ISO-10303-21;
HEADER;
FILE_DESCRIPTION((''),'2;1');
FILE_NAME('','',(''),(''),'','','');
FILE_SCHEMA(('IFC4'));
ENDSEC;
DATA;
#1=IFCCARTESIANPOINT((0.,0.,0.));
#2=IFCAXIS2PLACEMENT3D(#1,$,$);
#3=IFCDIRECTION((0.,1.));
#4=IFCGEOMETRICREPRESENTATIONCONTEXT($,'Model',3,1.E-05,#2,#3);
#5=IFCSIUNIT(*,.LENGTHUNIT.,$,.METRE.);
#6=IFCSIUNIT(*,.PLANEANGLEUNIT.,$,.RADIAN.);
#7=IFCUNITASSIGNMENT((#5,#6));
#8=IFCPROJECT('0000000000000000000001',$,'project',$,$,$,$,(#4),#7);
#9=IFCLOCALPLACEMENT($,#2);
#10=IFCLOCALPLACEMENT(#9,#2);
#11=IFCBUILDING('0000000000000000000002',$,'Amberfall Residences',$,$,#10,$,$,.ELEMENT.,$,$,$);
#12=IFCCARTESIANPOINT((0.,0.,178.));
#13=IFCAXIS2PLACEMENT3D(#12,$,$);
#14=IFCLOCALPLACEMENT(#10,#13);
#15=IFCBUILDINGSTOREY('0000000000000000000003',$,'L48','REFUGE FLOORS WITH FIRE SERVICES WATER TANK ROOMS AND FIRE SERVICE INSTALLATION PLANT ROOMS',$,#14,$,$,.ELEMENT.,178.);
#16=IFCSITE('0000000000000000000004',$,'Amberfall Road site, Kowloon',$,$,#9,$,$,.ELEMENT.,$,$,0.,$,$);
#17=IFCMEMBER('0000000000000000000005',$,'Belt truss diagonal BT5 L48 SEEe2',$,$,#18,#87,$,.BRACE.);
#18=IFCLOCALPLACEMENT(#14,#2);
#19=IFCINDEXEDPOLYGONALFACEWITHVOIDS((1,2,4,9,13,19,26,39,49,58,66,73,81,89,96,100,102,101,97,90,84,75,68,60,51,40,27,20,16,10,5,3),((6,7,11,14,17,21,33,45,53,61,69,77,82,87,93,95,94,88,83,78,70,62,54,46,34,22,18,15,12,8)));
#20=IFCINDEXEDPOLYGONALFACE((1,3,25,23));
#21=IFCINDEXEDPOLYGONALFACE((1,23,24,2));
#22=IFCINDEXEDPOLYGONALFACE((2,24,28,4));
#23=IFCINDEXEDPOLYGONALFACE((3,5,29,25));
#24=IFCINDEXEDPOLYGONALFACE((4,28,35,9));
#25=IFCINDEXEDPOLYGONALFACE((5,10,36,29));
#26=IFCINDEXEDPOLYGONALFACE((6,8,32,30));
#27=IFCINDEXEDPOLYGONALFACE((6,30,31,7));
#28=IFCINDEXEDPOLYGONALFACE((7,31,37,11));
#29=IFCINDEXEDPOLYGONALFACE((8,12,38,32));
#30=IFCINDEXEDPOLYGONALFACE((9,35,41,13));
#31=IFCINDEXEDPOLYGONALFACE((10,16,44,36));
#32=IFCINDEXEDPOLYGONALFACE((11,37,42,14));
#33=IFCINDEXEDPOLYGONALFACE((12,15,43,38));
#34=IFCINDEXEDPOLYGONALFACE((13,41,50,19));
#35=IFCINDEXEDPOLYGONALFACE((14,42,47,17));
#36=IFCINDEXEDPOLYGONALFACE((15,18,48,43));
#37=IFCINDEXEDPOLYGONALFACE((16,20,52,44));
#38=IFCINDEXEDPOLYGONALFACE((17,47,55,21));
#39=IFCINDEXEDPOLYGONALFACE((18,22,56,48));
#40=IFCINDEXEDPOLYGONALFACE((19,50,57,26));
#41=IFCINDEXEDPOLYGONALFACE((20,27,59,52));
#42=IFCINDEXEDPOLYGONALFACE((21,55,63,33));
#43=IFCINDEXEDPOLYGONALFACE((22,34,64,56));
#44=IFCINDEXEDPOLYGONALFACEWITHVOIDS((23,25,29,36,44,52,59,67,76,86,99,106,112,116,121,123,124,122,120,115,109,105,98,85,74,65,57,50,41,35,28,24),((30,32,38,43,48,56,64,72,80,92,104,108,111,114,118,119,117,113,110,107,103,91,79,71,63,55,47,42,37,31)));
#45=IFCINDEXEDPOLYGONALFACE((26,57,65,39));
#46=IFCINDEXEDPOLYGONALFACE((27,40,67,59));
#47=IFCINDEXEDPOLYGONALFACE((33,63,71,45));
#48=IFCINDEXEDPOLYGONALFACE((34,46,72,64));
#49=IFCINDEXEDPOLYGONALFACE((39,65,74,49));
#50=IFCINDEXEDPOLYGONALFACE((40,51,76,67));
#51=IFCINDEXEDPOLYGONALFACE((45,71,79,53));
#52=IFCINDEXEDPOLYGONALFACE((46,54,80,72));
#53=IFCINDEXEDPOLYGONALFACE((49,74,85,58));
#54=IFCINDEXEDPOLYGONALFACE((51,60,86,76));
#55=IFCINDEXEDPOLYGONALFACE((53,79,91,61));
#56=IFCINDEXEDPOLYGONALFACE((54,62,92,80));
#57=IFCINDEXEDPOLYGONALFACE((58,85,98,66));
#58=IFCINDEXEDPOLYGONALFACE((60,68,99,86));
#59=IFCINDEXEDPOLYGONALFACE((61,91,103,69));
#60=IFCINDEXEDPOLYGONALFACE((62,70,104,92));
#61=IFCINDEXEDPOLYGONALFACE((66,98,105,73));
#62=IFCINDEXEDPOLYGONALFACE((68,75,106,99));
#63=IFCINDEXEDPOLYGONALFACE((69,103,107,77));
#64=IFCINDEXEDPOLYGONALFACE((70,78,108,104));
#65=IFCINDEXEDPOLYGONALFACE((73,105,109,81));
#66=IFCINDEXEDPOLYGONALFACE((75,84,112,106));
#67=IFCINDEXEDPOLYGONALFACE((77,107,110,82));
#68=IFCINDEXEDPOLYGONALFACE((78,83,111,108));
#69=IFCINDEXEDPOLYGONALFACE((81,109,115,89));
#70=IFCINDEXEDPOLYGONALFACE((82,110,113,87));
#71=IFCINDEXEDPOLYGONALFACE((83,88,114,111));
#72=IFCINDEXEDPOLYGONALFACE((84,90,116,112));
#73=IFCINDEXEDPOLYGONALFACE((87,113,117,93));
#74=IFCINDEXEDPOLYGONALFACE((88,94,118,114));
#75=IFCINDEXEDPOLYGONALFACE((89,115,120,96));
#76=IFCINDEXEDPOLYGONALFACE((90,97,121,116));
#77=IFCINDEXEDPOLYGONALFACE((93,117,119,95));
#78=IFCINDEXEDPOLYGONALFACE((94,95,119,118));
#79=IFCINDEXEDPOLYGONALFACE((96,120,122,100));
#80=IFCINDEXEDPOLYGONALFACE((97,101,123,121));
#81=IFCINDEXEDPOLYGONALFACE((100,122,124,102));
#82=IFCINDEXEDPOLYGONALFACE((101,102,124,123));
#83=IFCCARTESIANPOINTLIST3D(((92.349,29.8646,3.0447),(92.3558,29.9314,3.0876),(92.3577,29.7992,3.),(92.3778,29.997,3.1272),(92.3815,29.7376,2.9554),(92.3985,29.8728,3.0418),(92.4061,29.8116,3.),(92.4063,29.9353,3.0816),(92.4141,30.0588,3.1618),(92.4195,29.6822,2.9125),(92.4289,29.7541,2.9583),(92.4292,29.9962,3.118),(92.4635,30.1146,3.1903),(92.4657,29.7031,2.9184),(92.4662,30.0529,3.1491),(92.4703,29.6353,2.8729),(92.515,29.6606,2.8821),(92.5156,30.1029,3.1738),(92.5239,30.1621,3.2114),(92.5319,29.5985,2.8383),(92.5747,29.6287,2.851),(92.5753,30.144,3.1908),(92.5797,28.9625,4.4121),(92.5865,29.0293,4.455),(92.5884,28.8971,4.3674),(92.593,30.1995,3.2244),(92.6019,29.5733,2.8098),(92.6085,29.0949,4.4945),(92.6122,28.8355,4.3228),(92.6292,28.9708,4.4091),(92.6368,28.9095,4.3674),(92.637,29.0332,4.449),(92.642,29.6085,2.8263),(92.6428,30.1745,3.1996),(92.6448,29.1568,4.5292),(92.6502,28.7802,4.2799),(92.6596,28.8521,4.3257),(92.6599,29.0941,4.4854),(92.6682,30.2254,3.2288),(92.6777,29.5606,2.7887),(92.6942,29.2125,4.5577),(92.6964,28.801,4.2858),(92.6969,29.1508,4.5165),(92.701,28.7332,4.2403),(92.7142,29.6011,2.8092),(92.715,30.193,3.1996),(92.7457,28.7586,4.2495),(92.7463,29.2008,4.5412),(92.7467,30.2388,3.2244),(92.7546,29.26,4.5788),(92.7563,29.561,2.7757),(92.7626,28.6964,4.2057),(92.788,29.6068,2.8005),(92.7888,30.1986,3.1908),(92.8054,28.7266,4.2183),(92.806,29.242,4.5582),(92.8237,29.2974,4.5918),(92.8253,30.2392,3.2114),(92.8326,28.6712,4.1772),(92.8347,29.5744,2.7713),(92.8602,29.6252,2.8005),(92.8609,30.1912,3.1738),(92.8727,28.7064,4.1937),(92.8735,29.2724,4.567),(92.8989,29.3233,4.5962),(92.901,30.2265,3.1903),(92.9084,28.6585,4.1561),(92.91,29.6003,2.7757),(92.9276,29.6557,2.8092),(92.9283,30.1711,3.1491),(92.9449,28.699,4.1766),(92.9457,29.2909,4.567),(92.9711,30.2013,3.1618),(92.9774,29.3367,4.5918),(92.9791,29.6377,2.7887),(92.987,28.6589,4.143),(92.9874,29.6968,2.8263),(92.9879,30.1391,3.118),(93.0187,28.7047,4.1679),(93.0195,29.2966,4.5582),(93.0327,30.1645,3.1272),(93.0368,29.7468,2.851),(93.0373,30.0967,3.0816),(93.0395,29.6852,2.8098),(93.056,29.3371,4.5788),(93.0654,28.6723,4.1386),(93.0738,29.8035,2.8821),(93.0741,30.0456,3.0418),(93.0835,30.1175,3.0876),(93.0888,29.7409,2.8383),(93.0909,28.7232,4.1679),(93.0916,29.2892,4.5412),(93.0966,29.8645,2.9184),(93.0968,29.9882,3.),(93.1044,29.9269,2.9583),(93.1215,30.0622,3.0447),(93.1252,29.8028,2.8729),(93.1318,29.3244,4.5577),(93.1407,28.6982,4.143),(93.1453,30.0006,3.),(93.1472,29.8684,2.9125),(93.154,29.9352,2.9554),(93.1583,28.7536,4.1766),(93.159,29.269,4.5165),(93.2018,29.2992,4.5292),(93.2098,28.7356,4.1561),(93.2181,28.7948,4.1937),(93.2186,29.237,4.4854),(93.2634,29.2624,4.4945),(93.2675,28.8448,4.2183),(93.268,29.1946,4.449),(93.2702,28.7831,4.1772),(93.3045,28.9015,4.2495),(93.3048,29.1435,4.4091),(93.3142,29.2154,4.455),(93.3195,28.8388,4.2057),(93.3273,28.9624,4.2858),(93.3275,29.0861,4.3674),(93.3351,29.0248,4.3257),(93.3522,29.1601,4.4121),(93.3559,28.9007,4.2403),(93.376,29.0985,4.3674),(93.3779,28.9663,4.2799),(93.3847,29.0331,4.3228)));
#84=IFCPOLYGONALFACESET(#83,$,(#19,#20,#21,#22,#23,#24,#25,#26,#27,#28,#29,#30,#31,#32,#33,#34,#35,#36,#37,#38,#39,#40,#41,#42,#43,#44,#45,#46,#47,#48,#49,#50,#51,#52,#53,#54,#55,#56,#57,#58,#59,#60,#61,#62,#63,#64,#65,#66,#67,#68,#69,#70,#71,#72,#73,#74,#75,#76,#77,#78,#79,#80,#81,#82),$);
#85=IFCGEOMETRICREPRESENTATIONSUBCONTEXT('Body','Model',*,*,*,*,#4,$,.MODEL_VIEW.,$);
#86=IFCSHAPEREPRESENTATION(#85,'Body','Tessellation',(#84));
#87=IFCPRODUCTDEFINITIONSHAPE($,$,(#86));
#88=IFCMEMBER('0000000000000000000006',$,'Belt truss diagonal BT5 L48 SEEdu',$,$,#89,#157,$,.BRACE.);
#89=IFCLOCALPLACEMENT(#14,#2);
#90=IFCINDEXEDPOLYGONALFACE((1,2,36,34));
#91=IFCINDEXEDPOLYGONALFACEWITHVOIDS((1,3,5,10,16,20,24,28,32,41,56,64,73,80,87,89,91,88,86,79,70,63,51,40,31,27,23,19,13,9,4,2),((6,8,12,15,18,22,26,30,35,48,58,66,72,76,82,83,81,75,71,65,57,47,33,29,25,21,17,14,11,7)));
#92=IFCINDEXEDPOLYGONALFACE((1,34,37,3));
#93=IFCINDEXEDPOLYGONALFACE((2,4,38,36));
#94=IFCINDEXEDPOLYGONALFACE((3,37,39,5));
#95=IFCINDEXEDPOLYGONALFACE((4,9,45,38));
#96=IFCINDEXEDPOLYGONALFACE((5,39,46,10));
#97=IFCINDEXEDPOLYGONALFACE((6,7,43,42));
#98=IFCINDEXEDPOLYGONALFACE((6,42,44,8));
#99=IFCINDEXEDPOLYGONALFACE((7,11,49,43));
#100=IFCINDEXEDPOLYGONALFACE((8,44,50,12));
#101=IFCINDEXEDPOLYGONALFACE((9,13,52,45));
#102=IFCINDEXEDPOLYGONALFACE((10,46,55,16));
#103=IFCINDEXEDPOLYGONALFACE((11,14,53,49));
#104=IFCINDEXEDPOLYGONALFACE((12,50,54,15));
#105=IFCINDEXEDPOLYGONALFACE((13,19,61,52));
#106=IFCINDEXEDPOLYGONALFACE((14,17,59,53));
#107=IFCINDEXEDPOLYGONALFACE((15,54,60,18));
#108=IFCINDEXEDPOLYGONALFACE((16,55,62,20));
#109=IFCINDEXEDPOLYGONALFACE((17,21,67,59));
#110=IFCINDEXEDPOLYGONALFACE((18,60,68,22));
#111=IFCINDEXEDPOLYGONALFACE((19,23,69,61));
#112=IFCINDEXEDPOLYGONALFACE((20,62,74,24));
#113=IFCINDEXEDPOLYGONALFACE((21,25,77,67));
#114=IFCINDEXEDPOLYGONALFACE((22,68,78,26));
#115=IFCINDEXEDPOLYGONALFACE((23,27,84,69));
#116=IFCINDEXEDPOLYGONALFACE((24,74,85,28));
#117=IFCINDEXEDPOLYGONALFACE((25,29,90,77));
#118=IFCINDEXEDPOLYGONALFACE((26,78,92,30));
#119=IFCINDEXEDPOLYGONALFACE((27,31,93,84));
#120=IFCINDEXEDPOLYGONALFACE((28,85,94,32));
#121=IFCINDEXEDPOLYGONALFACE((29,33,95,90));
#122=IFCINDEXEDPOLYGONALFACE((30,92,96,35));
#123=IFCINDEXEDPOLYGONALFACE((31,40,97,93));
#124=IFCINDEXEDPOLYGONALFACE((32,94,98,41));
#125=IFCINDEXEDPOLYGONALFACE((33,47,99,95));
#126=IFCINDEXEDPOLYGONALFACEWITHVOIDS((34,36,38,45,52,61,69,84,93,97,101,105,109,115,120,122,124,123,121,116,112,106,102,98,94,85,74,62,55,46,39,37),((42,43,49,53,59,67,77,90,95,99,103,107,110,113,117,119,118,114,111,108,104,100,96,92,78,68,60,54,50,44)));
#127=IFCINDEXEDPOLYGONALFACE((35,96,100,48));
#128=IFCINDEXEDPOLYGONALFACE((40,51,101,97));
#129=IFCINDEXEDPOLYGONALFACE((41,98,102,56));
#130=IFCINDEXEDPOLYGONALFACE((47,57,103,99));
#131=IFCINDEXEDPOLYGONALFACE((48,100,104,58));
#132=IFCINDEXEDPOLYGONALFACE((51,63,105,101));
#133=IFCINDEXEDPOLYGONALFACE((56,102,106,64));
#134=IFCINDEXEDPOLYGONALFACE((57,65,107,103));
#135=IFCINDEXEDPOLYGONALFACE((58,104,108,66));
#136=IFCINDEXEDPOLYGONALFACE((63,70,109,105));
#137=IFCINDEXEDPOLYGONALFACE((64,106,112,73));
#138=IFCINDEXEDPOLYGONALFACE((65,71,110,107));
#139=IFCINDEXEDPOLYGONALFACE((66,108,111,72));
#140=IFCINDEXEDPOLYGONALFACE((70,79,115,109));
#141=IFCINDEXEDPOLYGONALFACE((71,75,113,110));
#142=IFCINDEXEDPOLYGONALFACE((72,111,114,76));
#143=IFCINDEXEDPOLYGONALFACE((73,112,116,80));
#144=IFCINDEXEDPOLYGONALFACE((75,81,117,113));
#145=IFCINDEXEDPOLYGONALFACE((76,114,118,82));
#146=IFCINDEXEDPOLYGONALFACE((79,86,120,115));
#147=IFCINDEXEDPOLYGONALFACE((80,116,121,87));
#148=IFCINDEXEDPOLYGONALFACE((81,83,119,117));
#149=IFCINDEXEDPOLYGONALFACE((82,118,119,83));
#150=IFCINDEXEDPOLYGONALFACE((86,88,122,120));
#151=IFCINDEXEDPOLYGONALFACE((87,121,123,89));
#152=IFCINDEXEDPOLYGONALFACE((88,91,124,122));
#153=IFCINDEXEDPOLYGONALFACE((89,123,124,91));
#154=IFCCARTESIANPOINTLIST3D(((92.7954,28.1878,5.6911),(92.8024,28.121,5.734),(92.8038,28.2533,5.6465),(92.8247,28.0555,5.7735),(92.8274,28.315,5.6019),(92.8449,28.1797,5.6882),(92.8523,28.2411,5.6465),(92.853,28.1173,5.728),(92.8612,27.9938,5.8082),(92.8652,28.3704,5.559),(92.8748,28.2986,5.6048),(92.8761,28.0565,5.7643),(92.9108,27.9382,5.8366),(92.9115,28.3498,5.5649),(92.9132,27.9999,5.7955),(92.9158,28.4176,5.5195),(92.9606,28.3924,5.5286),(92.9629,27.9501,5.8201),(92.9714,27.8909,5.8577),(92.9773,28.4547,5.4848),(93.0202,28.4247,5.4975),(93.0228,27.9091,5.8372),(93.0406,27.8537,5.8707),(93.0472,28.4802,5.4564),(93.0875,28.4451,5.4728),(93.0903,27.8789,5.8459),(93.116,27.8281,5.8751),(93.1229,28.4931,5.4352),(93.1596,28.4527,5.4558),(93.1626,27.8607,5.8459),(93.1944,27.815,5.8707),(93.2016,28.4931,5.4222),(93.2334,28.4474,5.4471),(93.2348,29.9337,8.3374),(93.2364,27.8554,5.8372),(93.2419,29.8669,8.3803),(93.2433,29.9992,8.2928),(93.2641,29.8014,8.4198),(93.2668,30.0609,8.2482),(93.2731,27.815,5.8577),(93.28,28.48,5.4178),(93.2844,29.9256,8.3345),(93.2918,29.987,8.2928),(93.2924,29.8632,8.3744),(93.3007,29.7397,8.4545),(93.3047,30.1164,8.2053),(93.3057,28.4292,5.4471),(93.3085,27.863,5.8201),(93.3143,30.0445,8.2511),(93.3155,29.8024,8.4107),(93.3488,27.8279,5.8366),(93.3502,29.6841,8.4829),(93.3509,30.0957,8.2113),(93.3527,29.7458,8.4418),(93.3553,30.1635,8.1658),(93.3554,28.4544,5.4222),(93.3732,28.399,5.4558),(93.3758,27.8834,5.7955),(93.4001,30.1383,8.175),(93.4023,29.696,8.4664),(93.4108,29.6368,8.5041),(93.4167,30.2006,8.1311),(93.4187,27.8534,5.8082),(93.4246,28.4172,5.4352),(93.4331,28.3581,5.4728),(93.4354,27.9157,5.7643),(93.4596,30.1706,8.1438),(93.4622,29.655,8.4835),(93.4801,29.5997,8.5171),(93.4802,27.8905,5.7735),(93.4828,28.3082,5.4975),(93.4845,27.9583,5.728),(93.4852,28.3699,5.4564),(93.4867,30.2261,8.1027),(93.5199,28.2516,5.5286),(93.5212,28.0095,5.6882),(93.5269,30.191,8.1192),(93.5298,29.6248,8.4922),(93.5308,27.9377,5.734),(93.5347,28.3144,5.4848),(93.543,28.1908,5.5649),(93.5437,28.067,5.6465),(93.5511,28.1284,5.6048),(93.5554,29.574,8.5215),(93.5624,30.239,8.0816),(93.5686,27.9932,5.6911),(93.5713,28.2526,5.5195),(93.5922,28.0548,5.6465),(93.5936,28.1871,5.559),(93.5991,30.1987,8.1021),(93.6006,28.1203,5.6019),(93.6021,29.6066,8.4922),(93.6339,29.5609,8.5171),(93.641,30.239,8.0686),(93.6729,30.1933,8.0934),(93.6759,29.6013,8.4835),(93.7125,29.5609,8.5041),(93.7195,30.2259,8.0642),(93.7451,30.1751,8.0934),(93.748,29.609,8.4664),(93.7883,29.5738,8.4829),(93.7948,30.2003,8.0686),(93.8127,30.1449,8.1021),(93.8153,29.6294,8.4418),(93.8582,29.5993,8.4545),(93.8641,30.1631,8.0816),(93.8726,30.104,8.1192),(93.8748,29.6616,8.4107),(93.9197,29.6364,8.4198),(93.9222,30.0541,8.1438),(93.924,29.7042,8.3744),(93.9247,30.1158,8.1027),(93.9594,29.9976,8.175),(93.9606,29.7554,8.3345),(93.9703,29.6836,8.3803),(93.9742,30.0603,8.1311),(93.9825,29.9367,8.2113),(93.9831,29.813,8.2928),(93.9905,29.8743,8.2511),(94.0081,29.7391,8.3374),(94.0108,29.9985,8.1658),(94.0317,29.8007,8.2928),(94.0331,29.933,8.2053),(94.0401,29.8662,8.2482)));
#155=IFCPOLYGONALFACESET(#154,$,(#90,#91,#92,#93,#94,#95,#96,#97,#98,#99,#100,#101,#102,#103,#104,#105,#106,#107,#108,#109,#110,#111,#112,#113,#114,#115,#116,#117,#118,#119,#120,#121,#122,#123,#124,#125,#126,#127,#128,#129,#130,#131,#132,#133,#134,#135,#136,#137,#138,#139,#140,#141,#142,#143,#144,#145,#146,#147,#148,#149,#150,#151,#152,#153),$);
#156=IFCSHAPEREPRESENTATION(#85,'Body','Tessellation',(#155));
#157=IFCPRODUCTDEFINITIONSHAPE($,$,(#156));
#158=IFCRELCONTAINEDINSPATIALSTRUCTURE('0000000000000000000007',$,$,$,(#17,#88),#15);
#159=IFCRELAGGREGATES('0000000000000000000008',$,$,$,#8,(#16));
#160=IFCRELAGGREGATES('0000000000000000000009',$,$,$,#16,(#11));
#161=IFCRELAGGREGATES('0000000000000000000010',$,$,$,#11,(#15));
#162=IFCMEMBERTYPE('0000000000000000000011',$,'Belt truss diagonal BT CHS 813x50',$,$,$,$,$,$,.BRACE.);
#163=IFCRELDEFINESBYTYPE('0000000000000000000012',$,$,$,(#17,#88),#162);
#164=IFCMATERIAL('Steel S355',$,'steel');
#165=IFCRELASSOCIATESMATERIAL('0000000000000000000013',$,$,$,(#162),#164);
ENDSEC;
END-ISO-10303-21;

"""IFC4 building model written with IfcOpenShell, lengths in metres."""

from ifc_helpers import new_model, si_unit, direction, frame, origin, origin_2d, place, context, subcontext, project, spatial, hollow_circle, extrude, material, material_profile, profile_set, type_object, element, save


model = new_model("IFC4")

# Units and contexts
model_context = context("Model", 3, precision=1e-05, world=origin(), true_north=direction((0.0, 1.0)))
body_context = subcontext(model_context, "Body", "Model", "MODEL_VIEW")
ifc_project = project(units=[si_unit("LENGTHUNIT", "METRE"), si_unit("PLANEANGLEUNIT", "RADIAN")], contexts=[model_context])

# Site, building, storey
site_placement = place(None, origin())
site = spatial("IfcSite", under=ifc_project, at=site_placement, Name="Amberfall Road site, Kowloon", CompositionType="ELEMENT", RefElevation=0.0)
building_placement = place(site_placement, origin())
building = spatial("IfcBuilding", under=site, at=building_placement, Name="Amberfall Residences", CompositionType="ELEMENT")
storey_placement = place(building_placement, frame((0.0, 0.0, 178.0)))
storey = spatial("IfcBuildingStorey", under=building, at=storey_placement, Name="L48", Description="REFUGE FLOORS WITH FIRE SERVICES WATER TANK ROOMS AND FIRE SERVICE INSTALLATION PLANT ROOMS", CompositionType="ELEMENT", Elevation=178.0)

# Shared definitions
ifc_material = material(Name="Steel S355", Category="steel")

# Members
ifc_material_profile_1 = material_profile(ifc_material, hollow_circle(Radius=0.4065, WallThickness=0.05, at=origin_2d()), Name="CHS 813x50")
ifc_profile_set_1 = profile_set([ifc_material_profile_1], Name="Steel S355")
member_type_1 = type_object("IfcMemberType", Name="Belt truss diagonal BT CHS 813x50", PredefinedType="BRACE", material=ifc_profile_set_1)
member_1_placement = place(storey_placement, frame((92.9822, 28.9978, 4.3674), z_axis=(-0.139458, 0.545289, -0.826566), x_axis=(-0.968817, -0.247776, 0.0)))
element("IfcMember", 1, at=member_1_placement, inside=storey, type_object=member_type_1, Name="Belt truss diagonal BT5 L48 SEEe2", PredefinedType="BRACE", context=body_context, shape_type="SweptSolid", body=[
    extrude(hollow_circle(Radius=0.4065, WallThickness=0.05, at=origin_2d()), origin(), (0.0, 0.0, 1.0), 1.6543),
])
member_2_placement = place(storey_placement, frame((93.198, 28.1541, 5.6465), z_axis=(0.137304, 0.54548, 0.826801), x_axis=(-0.96975, 0.244099, 0.0)))
element("IfcMember", 2, at=member_2_placement, inside=storey, type_object=member_type_1, Name="Belt truss diagonal BT5 L48 SEEdu", PredefinedType="BRACE", context=body_context, shape_type="SweptSolid", body=[
    extrude(hollow_circle(Radius=0.4065, WallThickness=0.05, at=origin_2d()), origin(), (0.0, 0.0, 1.0), 3.2007),
])

save(model, "model.ifc")
